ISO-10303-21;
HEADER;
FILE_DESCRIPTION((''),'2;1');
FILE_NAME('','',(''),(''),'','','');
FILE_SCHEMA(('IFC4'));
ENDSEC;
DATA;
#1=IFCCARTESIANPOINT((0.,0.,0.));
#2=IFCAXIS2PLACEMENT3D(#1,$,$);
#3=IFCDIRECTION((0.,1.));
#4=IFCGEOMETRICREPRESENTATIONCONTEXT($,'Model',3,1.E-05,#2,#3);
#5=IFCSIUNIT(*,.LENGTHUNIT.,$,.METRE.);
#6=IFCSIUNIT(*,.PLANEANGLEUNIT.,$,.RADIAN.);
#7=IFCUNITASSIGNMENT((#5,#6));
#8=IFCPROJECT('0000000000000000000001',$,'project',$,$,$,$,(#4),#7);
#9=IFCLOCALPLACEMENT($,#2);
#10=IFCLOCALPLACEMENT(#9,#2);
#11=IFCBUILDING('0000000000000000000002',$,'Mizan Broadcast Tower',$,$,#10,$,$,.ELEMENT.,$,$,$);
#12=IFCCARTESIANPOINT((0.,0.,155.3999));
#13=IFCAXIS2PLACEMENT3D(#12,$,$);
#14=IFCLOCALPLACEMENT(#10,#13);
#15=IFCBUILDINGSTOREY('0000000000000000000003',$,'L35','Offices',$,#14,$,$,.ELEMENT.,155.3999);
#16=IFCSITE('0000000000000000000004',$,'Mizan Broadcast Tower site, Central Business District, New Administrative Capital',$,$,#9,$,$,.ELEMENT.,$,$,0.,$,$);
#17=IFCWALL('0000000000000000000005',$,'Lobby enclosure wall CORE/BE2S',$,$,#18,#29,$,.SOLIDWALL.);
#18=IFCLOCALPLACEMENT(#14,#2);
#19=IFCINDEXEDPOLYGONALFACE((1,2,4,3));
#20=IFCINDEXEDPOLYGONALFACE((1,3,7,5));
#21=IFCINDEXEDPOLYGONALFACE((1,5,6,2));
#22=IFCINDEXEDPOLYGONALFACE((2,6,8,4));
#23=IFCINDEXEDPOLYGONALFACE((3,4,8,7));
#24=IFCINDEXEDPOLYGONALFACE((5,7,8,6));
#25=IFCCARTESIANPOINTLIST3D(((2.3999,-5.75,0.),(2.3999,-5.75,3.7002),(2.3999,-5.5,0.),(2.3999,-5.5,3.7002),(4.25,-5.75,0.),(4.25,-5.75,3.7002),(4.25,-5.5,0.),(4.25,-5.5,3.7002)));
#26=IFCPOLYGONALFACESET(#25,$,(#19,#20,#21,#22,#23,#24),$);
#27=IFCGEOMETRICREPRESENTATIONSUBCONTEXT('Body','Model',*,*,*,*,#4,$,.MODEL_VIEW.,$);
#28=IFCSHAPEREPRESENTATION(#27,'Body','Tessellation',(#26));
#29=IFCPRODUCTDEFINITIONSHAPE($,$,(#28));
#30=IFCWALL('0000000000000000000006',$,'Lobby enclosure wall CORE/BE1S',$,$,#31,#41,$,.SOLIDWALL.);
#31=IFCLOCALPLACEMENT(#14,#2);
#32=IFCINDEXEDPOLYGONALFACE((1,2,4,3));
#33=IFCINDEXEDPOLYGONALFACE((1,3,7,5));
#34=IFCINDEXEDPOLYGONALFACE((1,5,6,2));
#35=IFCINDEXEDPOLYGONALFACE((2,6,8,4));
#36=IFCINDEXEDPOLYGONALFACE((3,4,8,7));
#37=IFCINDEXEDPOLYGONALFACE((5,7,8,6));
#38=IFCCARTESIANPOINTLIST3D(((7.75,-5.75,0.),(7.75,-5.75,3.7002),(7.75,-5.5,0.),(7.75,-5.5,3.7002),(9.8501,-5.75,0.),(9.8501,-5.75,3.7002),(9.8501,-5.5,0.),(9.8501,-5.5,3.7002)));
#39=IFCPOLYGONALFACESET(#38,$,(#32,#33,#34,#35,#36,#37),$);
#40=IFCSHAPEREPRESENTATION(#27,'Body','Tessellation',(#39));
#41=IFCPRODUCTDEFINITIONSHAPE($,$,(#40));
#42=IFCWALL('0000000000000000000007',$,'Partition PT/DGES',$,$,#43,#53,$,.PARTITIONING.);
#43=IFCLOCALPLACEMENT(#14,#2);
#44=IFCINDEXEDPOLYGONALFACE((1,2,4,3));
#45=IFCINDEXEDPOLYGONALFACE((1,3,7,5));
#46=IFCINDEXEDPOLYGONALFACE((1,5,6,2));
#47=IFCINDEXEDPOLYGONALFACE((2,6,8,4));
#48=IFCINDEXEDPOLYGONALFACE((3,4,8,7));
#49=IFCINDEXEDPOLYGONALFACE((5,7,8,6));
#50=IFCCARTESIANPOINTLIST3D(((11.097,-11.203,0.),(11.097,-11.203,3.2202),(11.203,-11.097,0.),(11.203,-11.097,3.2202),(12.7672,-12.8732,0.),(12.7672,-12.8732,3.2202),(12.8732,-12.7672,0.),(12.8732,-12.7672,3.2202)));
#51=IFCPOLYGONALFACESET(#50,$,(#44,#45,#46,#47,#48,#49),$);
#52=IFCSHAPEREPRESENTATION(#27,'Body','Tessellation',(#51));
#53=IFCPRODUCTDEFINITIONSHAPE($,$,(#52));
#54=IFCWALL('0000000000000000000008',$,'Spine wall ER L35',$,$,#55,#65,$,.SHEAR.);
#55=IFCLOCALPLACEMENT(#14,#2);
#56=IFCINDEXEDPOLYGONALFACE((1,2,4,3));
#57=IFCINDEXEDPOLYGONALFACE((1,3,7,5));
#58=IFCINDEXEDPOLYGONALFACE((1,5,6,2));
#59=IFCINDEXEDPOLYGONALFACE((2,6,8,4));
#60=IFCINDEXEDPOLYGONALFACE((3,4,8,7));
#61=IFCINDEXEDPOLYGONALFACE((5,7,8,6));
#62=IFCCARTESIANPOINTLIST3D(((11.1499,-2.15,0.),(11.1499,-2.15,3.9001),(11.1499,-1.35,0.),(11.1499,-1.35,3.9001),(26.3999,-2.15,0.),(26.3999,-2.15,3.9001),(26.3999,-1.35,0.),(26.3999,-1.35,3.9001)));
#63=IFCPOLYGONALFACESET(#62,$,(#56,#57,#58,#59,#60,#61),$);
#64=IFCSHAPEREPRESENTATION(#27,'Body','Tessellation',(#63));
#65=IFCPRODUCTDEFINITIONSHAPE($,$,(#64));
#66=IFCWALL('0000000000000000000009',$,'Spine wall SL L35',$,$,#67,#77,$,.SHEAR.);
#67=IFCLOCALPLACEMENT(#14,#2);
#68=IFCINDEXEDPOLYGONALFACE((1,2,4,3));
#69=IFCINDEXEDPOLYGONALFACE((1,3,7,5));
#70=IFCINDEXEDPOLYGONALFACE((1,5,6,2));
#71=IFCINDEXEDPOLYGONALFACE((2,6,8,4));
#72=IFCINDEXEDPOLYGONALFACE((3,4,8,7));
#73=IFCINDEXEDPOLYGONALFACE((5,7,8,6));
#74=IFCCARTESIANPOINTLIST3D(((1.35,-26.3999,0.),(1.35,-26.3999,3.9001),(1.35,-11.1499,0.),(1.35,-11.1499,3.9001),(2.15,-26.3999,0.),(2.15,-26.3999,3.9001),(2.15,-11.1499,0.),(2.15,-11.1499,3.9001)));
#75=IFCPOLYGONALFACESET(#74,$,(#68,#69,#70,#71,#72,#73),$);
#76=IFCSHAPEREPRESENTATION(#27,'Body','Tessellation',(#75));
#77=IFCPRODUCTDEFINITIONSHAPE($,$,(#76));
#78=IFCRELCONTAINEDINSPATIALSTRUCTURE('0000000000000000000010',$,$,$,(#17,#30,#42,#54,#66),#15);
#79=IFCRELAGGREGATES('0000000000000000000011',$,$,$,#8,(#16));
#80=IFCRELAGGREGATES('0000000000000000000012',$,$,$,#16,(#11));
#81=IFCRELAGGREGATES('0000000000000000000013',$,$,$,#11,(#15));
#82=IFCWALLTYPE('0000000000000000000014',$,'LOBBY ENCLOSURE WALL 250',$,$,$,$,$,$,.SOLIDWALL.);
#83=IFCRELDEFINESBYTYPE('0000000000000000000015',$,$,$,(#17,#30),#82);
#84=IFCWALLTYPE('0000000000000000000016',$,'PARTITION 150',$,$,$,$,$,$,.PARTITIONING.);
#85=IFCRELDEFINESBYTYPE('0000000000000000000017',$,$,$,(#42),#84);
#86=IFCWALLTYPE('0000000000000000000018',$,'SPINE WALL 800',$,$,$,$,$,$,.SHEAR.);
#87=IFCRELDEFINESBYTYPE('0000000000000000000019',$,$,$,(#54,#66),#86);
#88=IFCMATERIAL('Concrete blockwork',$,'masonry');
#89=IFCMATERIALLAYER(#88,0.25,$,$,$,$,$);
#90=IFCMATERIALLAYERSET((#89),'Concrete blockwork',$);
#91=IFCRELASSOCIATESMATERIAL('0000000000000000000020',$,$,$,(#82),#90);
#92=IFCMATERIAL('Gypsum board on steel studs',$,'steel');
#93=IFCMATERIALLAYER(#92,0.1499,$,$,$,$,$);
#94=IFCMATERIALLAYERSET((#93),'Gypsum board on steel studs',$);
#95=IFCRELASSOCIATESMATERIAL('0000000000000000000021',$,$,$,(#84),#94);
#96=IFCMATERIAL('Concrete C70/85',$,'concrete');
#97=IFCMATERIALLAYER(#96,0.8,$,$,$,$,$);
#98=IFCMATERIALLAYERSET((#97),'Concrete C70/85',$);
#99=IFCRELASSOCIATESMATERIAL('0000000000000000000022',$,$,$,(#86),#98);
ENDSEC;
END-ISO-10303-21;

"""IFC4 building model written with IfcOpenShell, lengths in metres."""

from ifc_helpers import new_model, si_unit, direction, frame, frame_2d, origin, place, context, subcontext, project, spatial, rectangle, extrude, material, layer, layer_set, type_object, element, save


model = new_model("IFC4")

# Units and contexts
model_context = context("Model", 3, precision=1e-05, world=origin(), true_north=direction((0.0, 1.0)))
body_context = subcontext(model_context, "Body", "Model", "MODEL_VIEW")
ifc_project = project(units=[si_unit("LENGTHUNIT", "METRE"), si_unit("PLANEANGLEUNIT", "RADIAN")], contexts=[model_context])

# Site, building, storey
site_placement = place(None, origin())
site = spatial("IfcSite", under=ifc_project, at=site_placement, Name="Mizan Broadcast Tower site, Central Business District, New Administrative Capital", CompositionType="ELEMENT", RefElevation=0.0)
building_placement = place(site_placement, origin())
building = spatial("IfcBuilding", under=site, at=building_placement, Name="Mizan Broadcast Tower", CompositionType="ELEMENT")
storey_placement = place(building_placement, frame((0.0, 0.0, 155.3999)))
storey = spatial("IfcBuildingStorey", under=building, at=storey_placement, Name="L35", Description="Offices", CompositionType="ELEMENT", Elevation=155.3999)

# Walls
ifc_material_1 = material(Name="Concrete blockwork", Category="masonry")
ifc_layer_1 = layer(ifc_material_1, 0.25)
ifc_layer_set_1 = layer_set([ifc_layer_1], Name="Concrete blockwork")
wall_type_1 = type_object("IfcWallType", Name="LOBBY ENCLOSURE WALL 250", PredefinedType="SOLIDWALL", material=ifc_layer_set_1)
wall_1_placement = place(storey_placement, frame((2.3999, -5.625, 0.0), z_axis=(0.0, 0.0, 1.0), x_axis=(1.0, 0.0, 0.0)))
element("IfcWall", 1, at=wall_1_placement, inside=storey, type_object=wall_type_1, Name="Lobby enclosure wall CORE/BE2S", PredefinedType="SOLIDWALL", context=body_context, shape_type="SweptSolid", body=[
    extrude(rectangle(XDim=1.8501, YDim=0.25, at=frame_2d((0.925, 0.0))), origin(), (0.0, 0.0, 1.0), 3.7002),
])
wall_2_placement = place(storey_placement, frame((7.75, -5.625, 0.0), z_axis=(0.0, 0.0, 1.0), x_axis=(1.0, 0.0, 0.0)))
element("IfcWall", 2, at=wall_2_placement, inside=storey, type_object=wall_type_1, Name="Lobby enclosure wall CORE/BE1S", PredefinedType="SOLIDWALL", context=body_context, shape_type="SweptSolid", body=[
    extrude(rectangle(XDim=2.1001, YDim=0.25, at=frame_2d((1.05, 0.0))), origin(), (0.0, 0.0, 1.0), 3.7002),
])
ifc_material_2 = material(Name="Gypsum board on steel studs", Category="steel")
ifc_layer_2 = layer(ifc_material_2, 0.1499)
ifc_layer_set_2 = layer_set([ifc_layer_2], Name="Gypsum board on steel studs")
wall_type_2 = type_object("IfcWallType", Name="PARTITION 150", PredefinedType="PARTITIONING", material=ifc_layer_set_2)
wall_3_placement = place(storey_placement, frame((11.1499, -11.1499, 0.0), z_axis=(0.0, 0.0, 1.0), x_axis=(0.707107, -0.707107, 0.0)))
element("IfcWall", 3, at=wall_3_placement, inside=storey, type_object=wall_type_2, Name="Partition PT/DGES", PredefinedType="PARTITIONING", context=body_context, shape_type="SweptSolid", body=[
    extrude(rectangle(XDim=2.3621, YDim=0.1499, at=frame_2d((1.1812, 0.0))), origin(), (0.0, 0.0, 1.0), 3.2202),
])
ifc_material_3 = material(Name="Concrete C70/85", Category="concrete")
ifc_layer_3 = layer(ifc_material_3, 0.8)
ifc_layer_set_3 = layer_set([ifc_layer_3], Name="Concrete C70/85")
wall_type_3 = type_object("IfcWallType", Name="SPINE WALL 800", PredefinedType="SHEAR", material=ifc_layer_set_3)
for number, where, z_axis, x_axis, name in (
    (4, (11.1499, -1.75, 0.0), (0.0, 0.0, 1.0), (1.0, 0.0, 0.0), "Spine wall ER L35"),
    (5, (1.75, -11.1499, 0.0), (0.0, 0.0, 1.0), (0.0, -1.0, 0.0), "Spine wall SL L35"),
):
    element("IfcWall", number, at=place(storey_placement, frame(where, z_axis=z_axis, x_axis=x_axis)), inside=storey, type_object=wall_type_3, Name=name, PredefinedType="SHEAR", context=body_context, shape_type="SweptSolid", body=[
        extrude(rectangle(XDim=15.25, YDim=0.8, at=frame_2d((7.625, 0.0))), origin(), (0.0, 0.0, 1.0), 3.9001),
    ])

save(model, "model.ifc")
